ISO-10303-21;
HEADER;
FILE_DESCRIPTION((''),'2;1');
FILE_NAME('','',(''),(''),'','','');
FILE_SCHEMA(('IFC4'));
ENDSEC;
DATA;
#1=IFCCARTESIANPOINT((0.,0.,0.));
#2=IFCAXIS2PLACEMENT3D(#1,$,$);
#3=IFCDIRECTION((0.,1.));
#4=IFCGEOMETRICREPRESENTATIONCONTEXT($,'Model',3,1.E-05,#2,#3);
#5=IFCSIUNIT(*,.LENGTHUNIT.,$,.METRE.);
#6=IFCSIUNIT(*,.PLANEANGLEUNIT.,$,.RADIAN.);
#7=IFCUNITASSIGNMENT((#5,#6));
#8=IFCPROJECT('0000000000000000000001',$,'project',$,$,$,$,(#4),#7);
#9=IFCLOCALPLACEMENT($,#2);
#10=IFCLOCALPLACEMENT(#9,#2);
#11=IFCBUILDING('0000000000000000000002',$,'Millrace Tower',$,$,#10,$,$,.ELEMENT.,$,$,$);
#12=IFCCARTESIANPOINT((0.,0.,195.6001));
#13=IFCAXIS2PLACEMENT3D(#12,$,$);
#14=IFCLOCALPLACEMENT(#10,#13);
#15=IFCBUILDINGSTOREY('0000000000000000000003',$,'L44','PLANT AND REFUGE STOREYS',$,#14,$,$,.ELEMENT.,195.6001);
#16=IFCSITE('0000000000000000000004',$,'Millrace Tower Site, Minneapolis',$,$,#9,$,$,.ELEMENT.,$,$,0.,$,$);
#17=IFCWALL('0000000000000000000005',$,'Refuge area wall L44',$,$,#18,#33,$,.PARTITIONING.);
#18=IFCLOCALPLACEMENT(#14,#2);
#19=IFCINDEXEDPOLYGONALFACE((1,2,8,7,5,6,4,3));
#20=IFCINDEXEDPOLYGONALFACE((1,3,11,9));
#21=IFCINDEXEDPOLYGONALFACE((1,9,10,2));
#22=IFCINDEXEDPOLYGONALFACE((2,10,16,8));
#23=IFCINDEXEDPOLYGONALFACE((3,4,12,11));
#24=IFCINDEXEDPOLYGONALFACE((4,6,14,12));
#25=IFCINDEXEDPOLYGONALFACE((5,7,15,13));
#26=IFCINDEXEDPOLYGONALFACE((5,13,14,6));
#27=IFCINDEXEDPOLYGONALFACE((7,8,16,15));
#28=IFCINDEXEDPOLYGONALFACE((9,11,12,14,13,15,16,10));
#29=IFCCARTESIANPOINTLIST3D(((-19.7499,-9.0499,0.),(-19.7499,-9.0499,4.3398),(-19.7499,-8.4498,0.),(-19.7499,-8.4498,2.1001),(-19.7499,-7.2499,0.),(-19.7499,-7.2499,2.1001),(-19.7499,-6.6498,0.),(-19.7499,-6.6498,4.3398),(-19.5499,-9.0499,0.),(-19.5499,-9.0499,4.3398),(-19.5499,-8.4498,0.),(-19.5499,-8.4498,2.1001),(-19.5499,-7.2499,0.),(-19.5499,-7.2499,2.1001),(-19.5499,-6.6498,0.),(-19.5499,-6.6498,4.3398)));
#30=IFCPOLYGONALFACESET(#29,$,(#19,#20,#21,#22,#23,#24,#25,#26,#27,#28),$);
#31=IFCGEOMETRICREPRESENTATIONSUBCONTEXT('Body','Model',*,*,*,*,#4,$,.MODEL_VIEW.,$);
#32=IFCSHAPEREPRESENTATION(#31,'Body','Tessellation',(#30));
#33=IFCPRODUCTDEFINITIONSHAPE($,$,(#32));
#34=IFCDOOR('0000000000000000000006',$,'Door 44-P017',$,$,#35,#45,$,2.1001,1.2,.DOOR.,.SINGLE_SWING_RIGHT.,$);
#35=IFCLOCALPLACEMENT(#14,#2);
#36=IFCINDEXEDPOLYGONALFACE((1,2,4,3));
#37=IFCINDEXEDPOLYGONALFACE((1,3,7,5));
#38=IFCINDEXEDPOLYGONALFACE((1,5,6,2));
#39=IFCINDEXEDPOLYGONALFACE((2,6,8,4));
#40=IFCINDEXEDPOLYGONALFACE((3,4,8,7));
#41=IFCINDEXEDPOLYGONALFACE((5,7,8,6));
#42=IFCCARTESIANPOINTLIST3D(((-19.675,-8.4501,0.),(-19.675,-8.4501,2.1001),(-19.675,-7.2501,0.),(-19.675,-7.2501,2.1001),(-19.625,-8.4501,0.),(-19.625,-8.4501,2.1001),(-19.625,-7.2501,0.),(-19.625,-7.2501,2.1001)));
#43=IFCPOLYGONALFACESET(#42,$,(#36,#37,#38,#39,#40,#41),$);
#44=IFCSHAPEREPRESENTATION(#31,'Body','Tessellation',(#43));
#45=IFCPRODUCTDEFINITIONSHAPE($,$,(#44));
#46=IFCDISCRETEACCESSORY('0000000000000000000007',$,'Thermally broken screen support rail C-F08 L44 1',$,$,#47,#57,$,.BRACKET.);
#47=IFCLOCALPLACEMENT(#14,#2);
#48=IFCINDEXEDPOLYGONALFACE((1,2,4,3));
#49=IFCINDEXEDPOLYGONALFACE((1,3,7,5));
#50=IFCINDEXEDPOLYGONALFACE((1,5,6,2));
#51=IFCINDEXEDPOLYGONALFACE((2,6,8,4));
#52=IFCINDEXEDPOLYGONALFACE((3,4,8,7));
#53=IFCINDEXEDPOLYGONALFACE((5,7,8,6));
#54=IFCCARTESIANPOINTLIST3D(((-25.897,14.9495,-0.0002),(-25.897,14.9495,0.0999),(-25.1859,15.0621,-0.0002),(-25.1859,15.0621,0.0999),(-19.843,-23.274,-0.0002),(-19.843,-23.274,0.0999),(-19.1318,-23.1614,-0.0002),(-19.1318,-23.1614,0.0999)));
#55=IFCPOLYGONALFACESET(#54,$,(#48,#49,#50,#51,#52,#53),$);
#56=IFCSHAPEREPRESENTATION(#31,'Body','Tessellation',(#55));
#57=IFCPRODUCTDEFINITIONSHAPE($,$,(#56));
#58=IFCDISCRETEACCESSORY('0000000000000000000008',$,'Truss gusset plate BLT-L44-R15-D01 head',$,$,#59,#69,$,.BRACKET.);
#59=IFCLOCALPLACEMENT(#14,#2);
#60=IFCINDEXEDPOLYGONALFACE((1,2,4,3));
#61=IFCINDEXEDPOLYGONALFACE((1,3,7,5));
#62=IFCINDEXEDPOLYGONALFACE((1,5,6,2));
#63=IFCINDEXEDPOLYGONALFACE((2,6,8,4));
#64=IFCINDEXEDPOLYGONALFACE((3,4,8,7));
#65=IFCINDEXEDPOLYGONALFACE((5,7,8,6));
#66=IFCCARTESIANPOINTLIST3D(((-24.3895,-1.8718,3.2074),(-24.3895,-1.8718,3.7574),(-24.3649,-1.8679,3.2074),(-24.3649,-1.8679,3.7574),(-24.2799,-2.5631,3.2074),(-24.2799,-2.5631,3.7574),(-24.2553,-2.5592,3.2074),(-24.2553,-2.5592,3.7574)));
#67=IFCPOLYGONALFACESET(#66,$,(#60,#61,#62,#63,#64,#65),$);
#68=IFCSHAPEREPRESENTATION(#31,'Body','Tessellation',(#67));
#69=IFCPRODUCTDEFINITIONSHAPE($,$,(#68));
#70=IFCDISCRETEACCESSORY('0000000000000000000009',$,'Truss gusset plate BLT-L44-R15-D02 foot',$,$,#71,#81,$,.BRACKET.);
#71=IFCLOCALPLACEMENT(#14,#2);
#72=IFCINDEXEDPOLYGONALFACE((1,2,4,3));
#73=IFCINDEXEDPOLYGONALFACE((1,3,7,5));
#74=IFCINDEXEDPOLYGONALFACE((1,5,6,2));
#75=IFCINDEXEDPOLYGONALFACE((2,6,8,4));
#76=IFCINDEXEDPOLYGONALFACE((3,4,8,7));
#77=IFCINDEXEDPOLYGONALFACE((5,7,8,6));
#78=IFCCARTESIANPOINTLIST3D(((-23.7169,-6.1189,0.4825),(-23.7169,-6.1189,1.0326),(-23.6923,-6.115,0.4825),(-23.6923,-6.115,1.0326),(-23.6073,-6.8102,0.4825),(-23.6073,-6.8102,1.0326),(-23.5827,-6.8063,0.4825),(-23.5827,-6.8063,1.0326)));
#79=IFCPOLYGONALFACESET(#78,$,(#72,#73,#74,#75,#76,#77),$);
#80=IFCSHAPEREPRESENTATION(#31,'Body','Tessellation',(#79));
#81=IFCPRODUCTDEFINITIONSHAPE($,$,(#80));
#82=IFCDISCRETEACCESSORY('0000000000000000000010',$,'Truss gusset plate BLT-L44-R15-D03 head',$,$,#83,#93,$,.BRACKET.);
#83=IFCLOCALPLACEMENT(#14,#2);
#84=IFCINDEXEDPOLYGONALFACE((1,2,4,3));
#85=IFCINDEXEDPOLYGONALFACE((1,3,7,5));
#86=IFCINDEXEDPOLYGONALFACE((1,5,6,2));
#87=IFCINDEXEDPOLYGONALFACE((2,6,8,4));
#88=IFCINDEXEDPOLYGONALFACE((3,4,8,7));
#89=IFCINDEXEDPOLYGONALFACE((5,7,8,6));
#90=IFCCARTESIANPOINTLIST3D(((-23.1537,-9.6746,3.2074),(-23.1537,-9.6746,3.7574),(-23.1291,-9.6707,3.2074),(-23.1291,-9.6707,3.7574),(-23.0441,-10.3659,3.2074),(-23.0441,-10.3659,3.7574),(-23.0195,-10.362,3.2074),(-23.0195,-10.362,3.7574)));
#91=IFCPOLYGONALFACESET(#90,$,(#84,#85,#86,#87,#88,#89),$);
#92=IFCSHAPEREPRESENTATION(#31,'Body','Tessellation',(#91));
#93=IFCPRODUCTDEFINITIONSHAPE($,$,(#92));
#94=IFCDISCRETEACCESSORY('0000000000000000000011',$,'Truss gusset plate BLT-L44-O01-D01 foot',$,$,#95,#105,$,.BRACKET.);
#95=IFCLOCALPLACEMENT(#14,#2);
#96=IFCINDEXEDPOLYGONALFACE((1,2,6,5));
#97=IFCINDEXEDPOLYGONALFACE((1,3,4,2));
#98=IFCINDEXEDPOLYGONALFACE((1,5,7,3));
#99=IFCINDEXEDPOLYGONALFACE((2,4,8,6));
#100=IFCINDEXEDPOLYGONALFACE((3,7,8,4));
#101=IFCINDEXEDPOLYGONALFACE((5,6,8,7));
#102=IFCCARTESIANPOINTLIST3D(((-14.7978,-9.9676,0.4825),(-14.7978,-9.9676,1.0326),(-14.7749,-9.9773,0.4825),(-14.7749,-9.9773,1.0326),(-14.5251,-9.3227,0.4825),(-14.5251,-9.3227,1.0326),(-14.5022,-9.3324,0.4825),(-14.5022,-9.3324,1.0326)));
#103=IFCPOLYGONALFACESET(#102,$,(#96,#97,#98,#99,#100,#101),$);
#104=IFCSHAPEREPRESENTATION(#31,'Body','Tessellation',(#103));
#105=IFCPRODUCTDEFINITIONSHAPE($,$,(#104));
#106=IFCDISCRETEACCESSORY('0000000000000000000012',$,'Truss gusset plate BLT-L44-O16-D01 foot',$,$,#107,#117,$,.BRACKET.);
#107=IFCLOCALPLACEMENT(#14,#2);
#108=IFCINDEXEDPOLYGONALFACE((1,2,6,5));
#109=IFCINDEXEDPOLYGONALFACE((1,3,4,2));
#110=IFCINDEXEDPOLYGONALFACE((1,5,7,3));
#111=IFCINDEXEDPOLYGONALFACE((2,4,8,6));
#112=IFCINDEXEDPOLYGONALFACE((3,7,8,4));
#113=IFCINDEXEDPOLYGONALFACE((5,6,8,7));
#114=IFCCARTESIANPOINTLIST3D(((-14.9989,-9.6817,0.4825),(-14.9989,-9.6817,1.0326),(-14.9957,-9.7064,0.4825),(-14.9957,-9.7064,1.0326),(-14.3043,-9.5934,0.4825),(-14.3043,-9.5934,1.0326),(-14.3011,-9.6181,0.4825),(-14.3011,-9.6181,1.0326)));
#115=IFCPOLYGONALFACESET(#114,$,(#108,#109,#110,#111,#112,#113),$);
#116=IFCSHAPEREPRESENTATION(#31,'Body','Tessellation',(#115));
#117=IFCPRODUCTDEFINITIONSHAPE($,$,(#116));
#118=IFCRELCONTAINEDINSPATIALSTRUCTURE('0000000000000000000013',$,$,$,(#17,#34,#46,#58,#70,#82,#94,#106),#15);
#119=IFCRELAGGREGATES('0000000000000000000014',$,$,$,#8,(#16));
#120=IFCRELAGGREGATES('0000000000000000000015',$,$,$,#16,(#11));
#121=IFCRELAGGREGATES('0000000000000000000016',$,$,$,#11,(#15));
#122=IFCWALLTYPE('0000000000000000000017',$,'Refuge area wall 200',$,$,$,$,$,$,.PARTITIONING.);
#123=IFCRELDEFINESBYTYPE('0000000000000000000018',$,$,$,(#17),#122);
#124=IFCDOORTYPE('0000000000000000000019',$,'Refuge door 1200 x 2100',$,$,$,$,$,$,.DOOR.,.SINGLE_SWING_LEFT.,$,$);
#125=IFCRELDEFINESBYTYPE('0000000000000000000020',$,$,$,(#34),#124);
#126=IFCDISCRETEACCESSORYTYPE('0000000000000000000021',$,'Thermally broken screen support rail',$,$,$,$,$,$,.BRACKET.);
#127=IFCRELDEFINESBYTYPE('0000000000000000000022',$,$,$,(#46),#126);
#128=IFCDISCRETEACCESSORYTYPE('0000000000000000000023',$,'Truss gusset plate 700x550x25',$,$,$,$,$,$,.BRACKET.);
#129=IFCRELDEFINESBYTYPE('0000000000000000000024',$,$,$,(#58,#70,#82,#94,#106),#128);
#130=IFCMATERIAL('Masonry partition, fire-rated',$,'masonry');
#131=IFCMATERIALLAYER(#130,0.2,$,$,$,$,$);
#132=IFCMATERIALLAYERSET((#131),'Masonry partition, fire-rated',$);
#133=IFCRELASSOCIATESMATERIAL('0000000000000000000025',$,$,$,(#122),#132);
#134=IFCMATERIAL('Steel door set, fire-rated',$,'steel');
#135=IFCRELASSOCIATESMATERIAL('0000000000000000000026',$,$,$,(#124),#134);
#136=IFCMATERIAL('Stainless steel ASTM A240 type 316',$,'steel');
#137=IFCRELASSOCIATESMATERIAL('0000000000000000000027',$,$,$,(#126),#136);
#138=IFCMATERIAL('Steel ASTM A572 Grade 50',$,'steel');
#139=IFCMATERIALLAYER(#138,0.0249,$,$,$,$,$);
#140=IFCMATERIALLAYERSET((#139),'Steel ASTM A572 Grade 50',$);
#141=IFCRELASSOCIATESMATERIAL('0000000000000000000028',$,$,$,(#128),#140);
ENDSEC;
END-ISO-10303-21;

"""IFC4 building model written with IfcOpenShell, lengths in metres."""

from ifc_helpers import new_model, si_unit, direction, frame, frame_2d, origin, origin_2d, place, context, subcontext, project, spatial, rectangle, extrude, material, layer, layer_set, type_object, element, fill, save


model = new_model("IFC4")

# Units and contexts
model_context = context("Model", 3, precision=1e-05, world=origin(), true_north=direction((0.0, 1.0)))
body_context = subcontext(model_context, "Body", "Model", "MODEL_VIEW")
ifc_project = project(units=[si_unit("LENGTHUNIT", "METRE"), si_unit("PLANEANGLEUNIT", "RADIAN")], contexts=[model_context])

# Site, building, storey
site_placement = place(None, origin())
site = spatial("IfcSite", under=ifc_project, at=site_placement, Name="Millrace Tower Site, Minneapolis", CompositionType="ELEMENT", RefElevation=0.0)
building_placement = place(site_placement, origin())
building = spatial("IfcBuilding", under=site, at=building_placement, Name="Millrace Tower", CompositionType="ELEMENT")
storey_placement = place(building_placement, frame((0.0, 0.0, 195.6001)))
storey = spatial("IfcBuildingStorey", under=building, at=storey_placement, Name="L44", Description="PLANT AND REFUGE STOREYS", CompositionType="ELEMENT", Elevation=195.6001)

# Shared definitions
ifc_material_1 = material(Name="Masonry partition, fire-rated", Category="masonry")
ifc_layer_1 = layer(ifc_material_1, 0.2)
ifc_layer_set_1 = layer_set([ifc_layer_1], Name="Masonry partition, fire-rated")
wall_type_1 = type_object("IfcWallType", Name="Refuge area wall 200", PredefinedType="PARTITIONING", material=ifc_layer_set_1)

# Wall, opening, door
wall_1_placement = place(storey_placement, frame((-19.6499, -9.05, 0.0), z_axis=(0.0, 0.0, 1.0), x_axis=(0.0, 1.0, 0.0)))
wall_1 = element("IfcWall", 1, at=wall_1_placement, inside=storey, type_object=wall_type_1, Name="Refuge area wall L44", PredefinedType="PARTITIONING", context=body_context, shape_type="SweptSolid", body=[
    extrude(rectangle(XDim=2.4001, YDim=0.2, at=frame_2d((1.2002, 0.0))), origin(), (0.0, 0.0, 1.0), 4.3398),
])
opening_1_placement = place(wall_1_placement, frame((0.6001, 0.0, 0.0)))
opening_1 = element("IfcOpeningElement", 2, at=opening_1_placement, cuts=wall_1, PredefinedType="OPENING", context=body_context, shape_type="SweptSolid", body=[
    extrude(rectangle(XDim=1.2, YDim=2.1001, at=frame_2d((0.6001, 1.05))), frame((0.0, 0.1099, 0.0), z_axis=(0.0, -1.0, 0.0), x_axis=(1.0, 0.0, 0.0)), (0.0, 0.0, 1.0), 0.22),
])
ifc_material_2 = material(Name="Steel door set, fire-rated", Category="steel")
door_type_1 = type_object("IfcDoorType", Name="Refuge door 1200 x 2100", OperationType="SINGLE_SWING_LEFT", PredefinedType="DOOR", material=ifc_material_2)
door_1_placement = place(opening_1_placement, frame((1.2, 0.0, 0.0), z_axis=(0.0, 0.0, 1.0), x_axis=(-1.0, 0.0, 0.0)))
door_1 = element("IfcDoor", 3, at=door_1_placement, inside=storey, type_object=door_type_1, Name="Door 44-P017", OperationType="SINGLE_SWING_RIGHT", OverallHeight=2.1001, OverallWidth=1.2, PredefinedType="DOOR", context=body_context, shape_type="SweptSolid", body=[
    extrude(rectangle(XDim=1.2, YDim=2.1001, at=frame_2d((0.6001, 1.05))), frame((0.0, 0.0249, 0.0), z_axis=(0.0, -1.0, 0.0), x_axis=(1.0, 0.0, 0.0)), (0.0, 0.0, 1.0), 0.05),
])
fill(opening_1, door_1)

# Discrete accessories
ifc_material_3 = material(Name="Stainless steel ASTM A240 type 316", Category="steel")
discrete_accessory_type_1 = type_object("IfcDiscreteAccessoryType", Name="Thermally broken screen support rail", PredefinedType="BRACKET", material=ifc_material_3)
discrete_accessory_placement = place(storey_placement, frame((-22.5144, -4.106, -0.0002), z_axis=(0.0, 0.0, 1.0), x_axis=(0.156434, -0.987688, 0.0)))
element("IfcDiscreteAccessory", 4, at=discrete_accessory_placement, inside=storey, type_object=discrete_accessory_type_1, Name="Thermally broken screen support rail C-F08 L44 1", PredefinedType="BRACKET", context=body_context, shape_type="SweptSolid", body=[
    extrude(rectangle(XDim=38.7, YDim=0.72, at=origin_2d()), origin(), (0.0, 0.0, 1.0), 0.1001),
])
ifc_material_4 = material(Name="Steel ASTM A572 Grade 50", Category="steel")
ifc_layer_2 = layer(ifc_material_4, 0.0249)
ifc_layer_set_2 = layer_set([ifc_layer_2], Name="Steel ASTM A572 Grade 50")
discrete_accessory_type_2 = type_object("IfcDiscreteAccessoryType", Name="Truss gusset plate 700x550x25", PredefinedType="BRACKET", material=ifc_layer_set_2)
for number, where, z_axis, x_axis, name in (
    (5, (-24.3772, -1.8699, 3.4824), (0.156589, -0.987664, 0.0), (0.987664, 0.156589, 0.0), "Truss gusset plate BLT-L44-R15-D01 head"),
    (6, (-23.7046, -6.1169, 0.7576), (0.156589, -0.987664, 0.0), (0.987664, 0.156589, 0.0), "Truss gusset plate BLT-L44-R15-D02 foot"),
    (7, (-23.1414, -9.6726, 3.4824), (0.156589, -0.987664, 0.0), (0.987664, 0.156589, 0.0), "Truss gusset plate BLT-L44-R15-D03 head"),
):
    element("IfcDiscreteAccessory", number, at=place(storey_placement, frame(where, z_axis=z_axis, x_axis=x_axis)), inside=storey, type_object=discrete_accessory_type_2, Name=name, PredefinedType="BRACKET", context=body_context, shape_type="SweptSolid", body=[
        extrude(rectangle(XDim=0.0249, YDim=0.55, at=origin_2d()), origin(), (0.0, 0.0, 1.0), 0.7),
    ])
for number, where, z_axis, x_axis, name in (
    (8, (-14.7864, -9.9724, 0.7576), (0.389538, 0.921011, 0.0), (-0.921011, 0.389538, 0.0), "Truss gusset plate BLT-L44-O01-D01 foot"),
    (9, (-14.9973, -9.6941, 0.7576), (0.992002, 0.126223, 0.0), (-0.126223, 0.992002, 0.0), "Truss gusset plate BLT-L44-O16-D01 foot"),
):
    element("IfcDiscreteAccessory", number, at=place(storey_placement, frame(where, z_axis=z_axis, x_axis=x_axis)), inside=storey, type_object=discrete_accessory_type_2, Name=name, PredefinedType="BRACKET", context=body_context, shape_type="SweptSolid", body=[
        extrude(rectangle(XDim=0.0249, YDim=0.55, at=origin_2d()), origin(), (0.0, 0.0, 1.0), 0.7002),
    ])

save(model, "model.ifc")
